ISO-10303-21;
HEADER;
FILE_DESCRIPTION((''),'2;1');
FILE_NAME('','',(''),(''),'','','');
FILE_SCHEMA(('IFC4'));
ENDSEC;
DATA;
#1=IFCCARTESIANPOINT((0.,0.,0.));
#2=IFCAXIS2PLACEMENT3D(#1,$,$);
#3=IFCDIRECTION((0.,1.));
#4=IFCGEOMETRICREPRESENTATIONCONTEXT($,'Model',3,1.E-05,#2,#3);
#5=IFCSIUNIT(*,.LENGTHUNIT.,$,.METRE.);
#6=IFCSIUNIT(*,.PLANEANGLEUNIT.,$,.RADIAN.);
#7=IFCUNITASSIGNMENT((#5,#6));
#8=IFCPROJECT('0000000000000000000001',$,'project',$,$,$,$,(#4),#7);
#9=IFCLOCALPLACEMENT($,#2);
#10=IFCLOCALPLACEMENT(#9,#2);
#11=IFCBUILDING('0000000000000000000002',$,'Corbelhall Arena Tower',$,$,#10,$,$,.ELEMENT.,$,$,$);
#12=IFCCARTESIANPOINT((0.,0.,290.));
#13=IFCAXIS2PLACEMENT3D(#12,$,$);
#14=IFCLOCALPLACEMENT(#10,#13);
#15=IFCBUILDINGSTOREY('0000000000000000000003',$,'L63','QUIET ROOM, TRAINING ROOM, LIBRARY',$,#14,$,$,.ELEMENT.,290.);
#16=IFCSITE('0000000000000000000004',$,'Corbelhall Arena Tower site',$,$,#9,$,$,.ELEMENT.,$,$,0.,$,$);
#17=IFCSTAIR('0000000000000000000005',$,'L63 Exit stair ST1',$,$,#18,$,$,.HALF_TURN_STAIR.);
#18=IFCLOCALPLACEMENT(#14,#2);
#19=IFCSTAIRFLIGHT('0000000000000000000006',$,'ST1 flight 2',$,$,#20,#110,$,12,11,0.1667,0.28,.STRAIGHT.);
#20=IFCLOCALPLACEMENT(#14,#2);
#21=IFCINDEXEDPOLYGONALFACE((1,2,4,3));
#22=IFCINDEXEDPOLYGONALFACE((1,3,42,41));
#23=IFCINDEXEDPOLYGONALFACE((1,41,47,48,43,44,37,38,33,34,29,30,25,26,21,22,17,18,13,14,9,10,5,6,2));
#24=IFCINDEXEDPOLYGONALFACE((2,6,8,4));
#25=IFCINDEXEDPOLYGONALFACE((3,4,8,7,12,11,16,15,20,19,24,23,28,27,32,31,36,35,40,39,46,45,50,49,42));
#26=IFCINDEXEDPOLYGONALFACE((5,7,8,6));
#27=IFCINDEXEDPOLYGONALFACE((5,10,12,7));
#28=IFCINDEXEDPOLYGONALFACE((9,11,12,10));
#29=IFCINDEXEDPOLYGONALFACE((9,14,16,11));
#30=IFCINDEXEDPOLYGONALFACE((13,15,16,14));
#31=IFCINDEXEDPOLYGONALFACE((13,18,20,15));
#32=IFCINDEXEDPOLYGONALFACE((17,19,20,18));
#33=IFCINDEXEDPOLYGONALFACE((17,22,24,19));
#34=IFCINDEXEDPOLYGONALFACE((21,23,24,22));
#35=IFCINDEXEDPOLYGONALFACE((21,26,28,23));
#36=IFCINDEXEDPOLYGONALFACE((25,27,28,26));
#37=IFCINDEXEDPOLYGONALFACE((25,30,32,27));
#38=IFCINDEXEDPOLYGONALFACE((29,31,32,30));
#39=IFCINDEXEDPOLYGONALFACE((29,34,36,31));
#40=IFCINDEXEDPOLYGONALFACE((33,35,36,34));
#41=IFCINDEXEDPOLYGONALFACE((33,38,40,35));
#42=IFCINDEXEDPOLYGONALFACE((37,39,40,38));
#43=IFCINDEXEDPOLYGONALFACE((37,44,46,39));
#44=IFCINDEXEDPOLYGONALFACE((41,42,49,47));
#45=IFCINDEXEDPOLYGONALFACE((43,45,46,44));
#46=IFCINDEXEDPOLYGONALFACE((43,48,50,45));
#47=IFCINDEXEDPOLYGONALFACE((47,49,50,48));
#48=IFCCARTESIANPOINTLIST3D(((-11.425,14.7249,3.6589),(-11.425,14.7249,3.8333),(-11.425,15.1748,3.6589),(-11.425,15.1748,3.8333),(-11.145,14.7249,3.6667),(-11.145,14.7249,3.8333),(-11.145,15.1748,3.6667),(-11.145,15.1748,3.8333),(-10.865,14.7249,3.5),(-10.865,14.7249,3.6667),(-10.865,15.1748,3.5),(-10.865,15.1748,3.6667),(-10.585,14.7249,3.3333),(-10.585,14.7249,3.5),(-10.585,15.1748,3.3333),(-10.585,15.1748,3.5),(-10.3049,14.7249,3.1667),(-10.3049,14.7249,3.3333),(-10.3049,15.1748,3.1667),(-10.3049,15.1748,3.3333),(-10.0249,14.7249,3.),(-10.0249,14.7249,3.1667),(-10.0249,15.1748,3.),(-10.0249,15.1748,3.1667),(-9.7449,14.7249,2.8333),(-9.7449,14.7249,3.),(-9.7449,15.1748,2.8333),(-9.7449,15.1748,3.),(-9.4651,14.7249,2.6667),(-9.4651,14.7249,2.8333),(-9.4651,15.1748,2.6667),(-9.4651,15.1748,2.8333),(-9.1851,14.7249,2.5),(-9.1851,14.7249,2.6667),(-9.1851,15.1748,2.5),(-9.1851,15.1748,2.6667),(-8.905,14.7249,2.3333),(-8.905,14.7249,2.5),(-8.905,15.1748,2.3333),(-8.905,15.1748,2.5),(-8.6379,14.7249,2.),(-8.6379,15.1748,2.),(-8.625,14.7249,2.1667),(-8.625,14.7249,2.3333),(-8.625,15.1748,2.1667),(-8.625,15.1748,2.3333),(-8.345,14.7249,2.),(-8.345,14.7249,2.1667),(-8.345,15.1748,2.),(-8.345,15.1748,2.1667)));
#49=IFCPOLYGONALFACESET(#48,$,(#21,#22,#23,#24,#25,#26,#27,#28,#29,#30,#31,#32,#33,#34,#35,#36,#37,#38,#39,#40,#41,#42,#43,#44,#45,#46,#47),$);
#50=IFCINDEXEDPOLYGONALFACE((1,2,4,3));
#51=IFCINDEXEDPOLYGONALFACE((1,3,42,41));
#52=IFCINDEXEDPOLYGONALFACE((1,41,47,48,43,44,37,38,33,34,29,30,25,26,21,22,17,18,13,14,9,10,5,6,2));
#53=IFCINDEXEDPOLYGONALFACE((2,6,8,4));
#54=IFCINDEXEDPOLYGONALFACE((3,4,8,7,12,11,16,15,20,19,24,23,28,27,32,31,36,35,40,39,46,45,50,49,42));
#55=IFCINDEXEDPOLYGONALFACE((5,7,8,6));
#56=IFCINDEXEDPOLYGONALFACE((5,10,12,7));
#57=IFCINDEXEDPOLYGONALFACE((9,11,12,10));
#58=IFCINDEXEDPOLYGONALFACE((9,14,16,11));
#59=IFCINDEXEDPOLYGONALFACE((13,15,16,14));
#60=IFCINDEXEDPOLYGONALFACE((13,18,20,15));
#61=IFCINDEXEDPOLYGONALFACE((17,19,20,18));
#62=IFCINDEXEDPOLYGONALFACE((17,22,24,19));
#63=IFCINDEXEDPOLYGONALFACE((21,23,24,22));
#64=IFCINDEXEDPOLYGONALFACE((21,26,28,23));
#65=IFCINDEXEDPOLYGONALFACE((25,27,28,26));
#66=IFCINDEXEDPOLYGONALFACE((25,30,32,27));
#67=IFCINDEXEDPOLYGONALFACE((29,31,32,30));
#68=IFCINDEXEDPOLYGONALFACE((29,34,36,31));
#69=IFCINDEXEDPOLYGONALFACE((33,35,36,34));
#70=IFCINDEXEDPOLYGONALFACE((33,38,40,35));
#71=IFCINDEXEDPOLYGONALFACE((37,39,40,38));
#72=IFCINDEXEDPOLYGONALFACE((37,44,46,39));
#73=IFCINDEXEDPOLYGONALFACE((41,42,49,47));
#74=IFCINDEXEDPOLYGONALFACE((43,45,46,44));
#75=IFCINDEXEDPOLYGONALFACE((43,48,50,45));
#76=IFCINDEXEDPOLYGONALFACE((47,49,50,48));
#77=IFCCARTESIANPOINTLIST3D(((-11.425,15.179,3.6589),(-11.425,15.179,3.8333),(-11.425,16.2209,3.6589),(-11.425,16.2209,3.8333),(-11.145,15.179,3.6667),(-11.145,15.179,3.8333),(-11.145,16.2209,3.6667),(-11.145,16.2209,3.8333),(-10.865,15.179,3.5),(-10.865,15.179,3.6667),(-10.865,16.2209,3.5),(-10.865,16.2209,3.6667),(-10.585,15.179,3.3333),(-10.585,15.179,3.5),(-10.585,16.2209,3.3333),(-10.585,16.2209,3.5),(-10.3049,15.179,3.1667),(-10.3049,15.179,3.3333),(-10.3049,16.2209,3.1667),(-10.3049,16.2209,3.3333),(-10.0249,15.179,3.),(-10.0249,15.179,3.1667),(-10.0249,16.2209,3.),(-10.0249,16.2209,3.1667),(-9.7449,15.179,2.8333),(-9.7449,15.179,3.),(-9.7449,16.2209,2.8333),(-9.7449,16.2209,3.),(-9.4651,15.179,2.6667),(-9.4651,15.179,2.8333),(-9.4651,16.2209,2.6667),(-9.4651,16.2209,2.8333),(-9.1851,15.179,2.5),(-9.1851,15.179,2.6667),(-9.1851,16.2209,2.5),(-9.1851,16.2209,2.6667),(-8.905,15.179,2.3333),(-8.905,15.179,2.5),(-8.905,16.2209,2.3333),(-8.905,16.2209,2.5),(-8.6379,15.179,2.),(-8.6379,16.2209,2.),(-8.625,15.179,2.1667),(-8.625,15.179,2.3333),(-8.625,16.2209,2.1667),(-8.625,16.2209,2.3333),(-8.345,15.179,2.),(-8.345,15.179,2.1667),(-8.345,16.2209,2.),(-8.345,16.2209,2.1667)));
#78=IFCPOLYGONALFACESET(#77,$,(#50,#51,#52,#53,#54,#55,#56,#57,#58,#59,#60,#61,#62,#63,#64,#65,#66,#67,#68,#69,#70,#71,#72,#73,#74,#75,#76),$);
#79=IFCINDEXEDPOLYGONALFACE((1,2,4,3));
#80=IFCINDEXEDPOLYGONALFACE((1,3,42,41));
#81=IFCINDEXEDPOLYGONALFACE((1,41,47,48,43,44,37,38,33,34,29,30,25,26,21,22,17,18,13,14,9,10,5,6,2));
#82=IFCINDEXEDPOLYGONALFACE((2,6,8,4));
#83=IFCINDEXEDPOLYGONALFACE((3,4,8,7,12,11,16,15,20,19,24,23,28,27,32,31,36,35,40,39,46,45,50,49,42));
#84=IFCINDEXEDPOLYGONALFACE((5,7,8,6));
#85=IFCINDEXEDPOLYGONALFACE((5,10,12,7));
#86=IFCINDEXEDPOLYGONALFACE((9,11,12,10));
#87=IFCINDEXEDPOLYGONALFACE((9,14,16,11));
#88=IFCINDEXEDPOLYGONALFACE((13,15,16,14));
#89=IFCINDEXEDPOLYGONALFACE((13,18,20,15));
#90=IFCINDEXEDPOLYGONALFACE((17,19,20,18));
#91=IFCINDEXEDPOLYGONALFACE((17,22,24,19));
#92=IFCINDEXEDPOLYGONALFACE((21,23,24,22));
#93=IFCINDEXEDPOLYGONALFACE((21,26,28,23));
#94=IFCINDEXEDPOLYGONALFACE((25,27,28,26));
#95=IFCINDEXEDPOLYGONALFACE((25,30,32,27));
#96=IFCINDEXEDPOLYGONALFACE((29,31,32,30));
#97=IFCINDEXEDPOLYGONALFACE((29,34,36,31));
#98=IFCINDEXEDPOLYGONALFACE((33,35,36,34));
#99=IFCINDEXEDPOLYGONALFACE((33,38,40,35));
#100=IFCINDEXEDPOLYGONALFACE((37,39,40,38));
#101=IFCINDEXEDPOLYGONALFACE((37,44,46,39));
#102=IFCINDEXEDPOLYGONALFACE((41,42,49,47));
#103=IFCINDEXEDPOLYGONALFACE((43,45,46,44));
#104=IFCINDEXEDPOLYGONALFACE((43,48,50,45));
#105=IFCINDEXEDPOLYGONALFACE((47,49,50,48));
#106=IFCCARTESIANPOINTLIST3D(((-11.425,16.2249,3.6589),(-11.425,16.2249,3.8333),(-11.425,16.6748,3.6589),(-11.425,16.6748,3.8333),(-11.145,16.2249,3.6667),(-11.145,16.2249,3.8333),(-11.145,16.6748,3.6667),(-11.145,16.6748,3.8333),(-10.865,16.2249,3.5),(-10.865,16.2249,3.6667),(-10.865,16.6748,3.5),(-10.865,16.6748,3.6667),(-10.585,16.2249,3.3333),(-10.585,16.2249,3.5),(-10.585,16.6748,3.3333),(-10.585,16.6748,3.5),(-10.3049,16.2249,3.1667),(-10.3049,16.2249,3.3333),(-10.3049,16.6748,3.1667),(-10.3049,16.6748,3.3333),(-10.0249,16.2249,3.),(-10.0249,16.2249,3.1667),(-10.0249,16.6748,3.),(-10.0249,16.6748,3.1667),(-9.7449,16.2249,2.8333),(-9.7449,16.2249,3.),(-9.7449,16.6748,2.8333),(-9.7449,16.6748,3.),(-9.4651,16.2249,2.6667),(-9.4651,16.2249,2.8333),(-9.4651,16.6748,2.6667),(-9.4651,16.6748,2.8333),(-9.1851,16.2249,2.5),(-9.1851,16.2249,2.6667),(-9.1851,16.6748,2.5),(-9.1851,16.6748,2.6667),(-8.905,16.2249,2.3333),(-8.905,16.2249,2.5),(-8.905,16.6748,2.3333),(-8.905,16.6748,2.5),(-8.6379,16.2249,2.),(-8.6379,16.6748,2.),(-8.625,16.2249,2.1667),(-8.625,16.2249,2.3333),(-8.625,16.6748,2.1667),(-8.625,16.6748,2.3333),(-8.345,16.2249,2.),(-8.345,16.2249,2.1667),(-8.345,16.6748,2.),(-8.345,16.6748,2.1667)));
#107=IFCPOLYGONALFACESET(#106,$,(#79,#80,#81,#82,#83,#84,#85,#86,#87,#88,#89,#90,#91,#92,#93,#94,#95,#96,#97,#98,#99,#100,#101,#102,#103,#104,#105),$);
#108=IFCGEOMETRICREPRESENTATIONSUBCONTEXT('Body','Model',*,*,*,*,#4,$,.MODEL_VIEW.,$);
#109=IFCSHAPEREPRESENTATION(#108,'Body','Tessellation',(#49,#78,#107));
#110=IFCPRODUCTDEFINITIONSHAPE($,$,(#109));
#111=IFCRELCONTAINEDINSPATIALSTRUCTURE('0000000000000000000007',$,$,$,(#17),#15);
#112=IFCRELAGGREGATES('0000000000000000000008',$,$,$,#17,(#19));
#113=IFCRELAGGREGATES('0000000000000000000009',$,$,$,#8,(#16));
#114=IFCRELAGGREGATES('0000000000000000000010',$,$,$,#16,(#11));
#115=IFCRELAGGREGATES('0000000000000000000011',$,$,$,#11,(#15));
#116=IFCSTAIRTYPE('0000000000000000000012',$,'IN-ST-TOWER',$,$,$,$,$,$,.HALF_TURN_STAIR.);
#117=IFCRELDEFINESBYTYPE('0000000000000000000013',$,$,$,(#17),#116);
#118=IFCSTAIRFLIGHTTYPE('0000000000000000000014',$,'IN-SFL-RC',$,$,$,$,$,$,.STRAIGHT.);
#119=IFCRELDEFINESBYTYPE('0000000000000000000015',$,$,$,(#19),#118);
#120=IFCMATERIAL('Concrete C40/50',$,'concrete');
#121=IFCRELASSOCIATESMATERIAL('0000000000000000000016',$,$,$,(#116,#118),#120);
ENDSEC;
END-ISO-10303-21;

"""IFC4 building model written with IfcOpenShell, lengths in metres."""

from ifc_helpers import new_model, si_unit, direction, frame, origin, place, context, subcontext, project, spatial, polyline, outline, extrude, material, type_object, element, aggregate, save


model = new_model("IFC4")

# Units and contexts
model_context = context("Model", 3, precision=1e-05, world=origin(), true_north=direction((0.0, 1.0)))
body_context = subcontext(model_context, "Body", "Model", "MODEL_VIEW")
ifc_project = project(units=[si_unit("LENGTHUNIT", "METRE"), si_unit("PLANEANGLEUNIT", "RADIAN")], contexts=[model_context])

# Site, building, storey
site_placement = place(None, origin())
site = spatial("IfcSite", under=ifc_project, at=site_placement, Name="Corbelhall Arena Tower site", CompositionType="ELEMENT", RefElevation=0.0)
building_placement = place(site_placement, origin())
building = spatial("IfcBuilding", under=site, at=building_placement, Name="Corbelhall Arena Tower", CompositionType="ELEMENT")
storey_placement = place(building_placement, frame((0.0, 0.0, 290.0)))
storey = spatial("IfcBuildingStorey", under=building, at=storey_placement, Name="L63", Description="QUIET ROOM, TRAINING ROOM, LIBRARY", CompositionType="ELEMENT", Elevation=290.0)

# Shared definitions
ifc_material_1 = material(Name="Concrete C40/50", Category="concrete")

# Stair, stair flight
stair_type = type_object("IfcStairType", Name="IN-ST-TOWER", PredefinedType="HALF_TURN_STAIR", material=ifc_material_1)
stair_placement = place(storey_placement, origin())
stair = element("IfcStair", 1, at=stair_placement, inside=storey, type_object=stair_type, Name="L63 Exit stair ST1", PredefinedType="HALF_TURN_STAIR")
stair_flight_type = type_object("IfcStairFlightType", Name="IN-SFL-RC", PredefinedType="STRAIGHT", material=ifc_material_1)
stair_flight_1_placement = place(storey_placement, frame((-8.345, 15.7, 2.0), z_axis=(0.0, 0.0, 1.0), x_axis=(-1.0, 0.0, 0.0)))
stair_flight_1 = element("IfcStairFlight", 2, at=stair_flight_1_placement, type_object=stair_flight_type, Name="ST1 flight 2", NumberOfRisers=12, NumberOfTreads=11, PredefinedType="STRAIGHT", RiserHeight=0.1667, TreadLength=0.28, context=body_context, shape_type="SweptSolid", body=[
    extrude(outline(polyline([(0.0, 0.0), (0.0, 0.1667), (0.28, 0.1667), (0.28, 0.3333), (0.5601, 0.3333), (0.5601, 0.5), (0.8401, 0.5), (0.8401, 0.6667), (1.1201, 0.6667), (1.1201, 0.8333), (1.3999, 0.8333), (1.3999, 1.0), (1.6799, 1.0), (1.6799, 1.1667), (1.96, 1.1667), (1.96, 1.3333), (2.24, 1.3333), (2.24, 1.5), (2.52, 1.5), (2.52, 1.6667), (2.8, 1.6667), (2.8, 1.8333), (3.0801, 1.8333), (3.0801, 2.0), (3.0801, 1.6589), (0.293, 0.0), (0.0, 0.0)])), frame((0.0, 0.9751, 0.0), z_axis=(0.0, -1.0, 0.0), x_axis=(1.0, 0.0, 0.0)), (0.0, 0.0, 1.0), 0.45),
    extrude(outline(polyline([(0.0, 0.0), (0.0, 0.1667), (0.28, 0.1667), (0.28, 0.3333), (0.5601, 0.3333), (0.5601, 0.5), (0.8401, 0.5), (0.8401, 0.6667), (1.1201, 0.6667), (1.1201, 0.8333), (1.3999, 0.8333), (1.3999, 1.0), (1.6799, 1.0), (1.6799, 1.1667), (1.96, 1.1667), (1.96, 1.3333), (2.24, 1.3333), (2.24, 1.5), (2.52, 1.5), (2.52, 1.6667), (2.8, 1.6667), (2.8, 1.8333), (3.0801, 1.8333), (3.0801, 2.0), (3.0801, 1.6589), (0.293, 0.0), (0.0, 0.0)])), frame((0.0, 0.521, 0.0), z_axis=(0.0, -1.0, 0.0), x_axis=(1.0, 0.0, 0.0)), (0.0, 0.0, 1.0), 1.042),
    extrude(outline(polyline([(0.0, 0.0), (0.0, 0.1667), (0.28, 0.1667), (0.28, 0.3333), (0.5601, 0.3333), (0.5601, 0.5), (0.8401, 0.5), (0.8401, 0.6667), (1.1201, 0.6667), (1.1201, 0.8333), (1.3999, 0.8333), (1.3999, 1.0), (1.6799, 1.0), (1.6799, 1.1667), (1.96, 1.1667), (1.96, 1.3333), (2.24, 1.3333), (2.24, 1.5), (2.52, 1.5), (2.52, 1.6667), (2.8, 1.6667), (2.8, 1.8333), (3.0801, 1.8333), (3.0801, 2.0), (3.0801, 1.6589), (0.293, 0.0), (0.0, 0.0)])), frame((0.0, -0.5249, 0.0), z_axis=(0.0, -1.0, 0.0), x_axis=(1.0, 0.0, 0.0)), (0.0, 0.0, 1.0), 0.45),
])
aggregate(stair, [stair_flight_1])

save(model, "model.ifc")
